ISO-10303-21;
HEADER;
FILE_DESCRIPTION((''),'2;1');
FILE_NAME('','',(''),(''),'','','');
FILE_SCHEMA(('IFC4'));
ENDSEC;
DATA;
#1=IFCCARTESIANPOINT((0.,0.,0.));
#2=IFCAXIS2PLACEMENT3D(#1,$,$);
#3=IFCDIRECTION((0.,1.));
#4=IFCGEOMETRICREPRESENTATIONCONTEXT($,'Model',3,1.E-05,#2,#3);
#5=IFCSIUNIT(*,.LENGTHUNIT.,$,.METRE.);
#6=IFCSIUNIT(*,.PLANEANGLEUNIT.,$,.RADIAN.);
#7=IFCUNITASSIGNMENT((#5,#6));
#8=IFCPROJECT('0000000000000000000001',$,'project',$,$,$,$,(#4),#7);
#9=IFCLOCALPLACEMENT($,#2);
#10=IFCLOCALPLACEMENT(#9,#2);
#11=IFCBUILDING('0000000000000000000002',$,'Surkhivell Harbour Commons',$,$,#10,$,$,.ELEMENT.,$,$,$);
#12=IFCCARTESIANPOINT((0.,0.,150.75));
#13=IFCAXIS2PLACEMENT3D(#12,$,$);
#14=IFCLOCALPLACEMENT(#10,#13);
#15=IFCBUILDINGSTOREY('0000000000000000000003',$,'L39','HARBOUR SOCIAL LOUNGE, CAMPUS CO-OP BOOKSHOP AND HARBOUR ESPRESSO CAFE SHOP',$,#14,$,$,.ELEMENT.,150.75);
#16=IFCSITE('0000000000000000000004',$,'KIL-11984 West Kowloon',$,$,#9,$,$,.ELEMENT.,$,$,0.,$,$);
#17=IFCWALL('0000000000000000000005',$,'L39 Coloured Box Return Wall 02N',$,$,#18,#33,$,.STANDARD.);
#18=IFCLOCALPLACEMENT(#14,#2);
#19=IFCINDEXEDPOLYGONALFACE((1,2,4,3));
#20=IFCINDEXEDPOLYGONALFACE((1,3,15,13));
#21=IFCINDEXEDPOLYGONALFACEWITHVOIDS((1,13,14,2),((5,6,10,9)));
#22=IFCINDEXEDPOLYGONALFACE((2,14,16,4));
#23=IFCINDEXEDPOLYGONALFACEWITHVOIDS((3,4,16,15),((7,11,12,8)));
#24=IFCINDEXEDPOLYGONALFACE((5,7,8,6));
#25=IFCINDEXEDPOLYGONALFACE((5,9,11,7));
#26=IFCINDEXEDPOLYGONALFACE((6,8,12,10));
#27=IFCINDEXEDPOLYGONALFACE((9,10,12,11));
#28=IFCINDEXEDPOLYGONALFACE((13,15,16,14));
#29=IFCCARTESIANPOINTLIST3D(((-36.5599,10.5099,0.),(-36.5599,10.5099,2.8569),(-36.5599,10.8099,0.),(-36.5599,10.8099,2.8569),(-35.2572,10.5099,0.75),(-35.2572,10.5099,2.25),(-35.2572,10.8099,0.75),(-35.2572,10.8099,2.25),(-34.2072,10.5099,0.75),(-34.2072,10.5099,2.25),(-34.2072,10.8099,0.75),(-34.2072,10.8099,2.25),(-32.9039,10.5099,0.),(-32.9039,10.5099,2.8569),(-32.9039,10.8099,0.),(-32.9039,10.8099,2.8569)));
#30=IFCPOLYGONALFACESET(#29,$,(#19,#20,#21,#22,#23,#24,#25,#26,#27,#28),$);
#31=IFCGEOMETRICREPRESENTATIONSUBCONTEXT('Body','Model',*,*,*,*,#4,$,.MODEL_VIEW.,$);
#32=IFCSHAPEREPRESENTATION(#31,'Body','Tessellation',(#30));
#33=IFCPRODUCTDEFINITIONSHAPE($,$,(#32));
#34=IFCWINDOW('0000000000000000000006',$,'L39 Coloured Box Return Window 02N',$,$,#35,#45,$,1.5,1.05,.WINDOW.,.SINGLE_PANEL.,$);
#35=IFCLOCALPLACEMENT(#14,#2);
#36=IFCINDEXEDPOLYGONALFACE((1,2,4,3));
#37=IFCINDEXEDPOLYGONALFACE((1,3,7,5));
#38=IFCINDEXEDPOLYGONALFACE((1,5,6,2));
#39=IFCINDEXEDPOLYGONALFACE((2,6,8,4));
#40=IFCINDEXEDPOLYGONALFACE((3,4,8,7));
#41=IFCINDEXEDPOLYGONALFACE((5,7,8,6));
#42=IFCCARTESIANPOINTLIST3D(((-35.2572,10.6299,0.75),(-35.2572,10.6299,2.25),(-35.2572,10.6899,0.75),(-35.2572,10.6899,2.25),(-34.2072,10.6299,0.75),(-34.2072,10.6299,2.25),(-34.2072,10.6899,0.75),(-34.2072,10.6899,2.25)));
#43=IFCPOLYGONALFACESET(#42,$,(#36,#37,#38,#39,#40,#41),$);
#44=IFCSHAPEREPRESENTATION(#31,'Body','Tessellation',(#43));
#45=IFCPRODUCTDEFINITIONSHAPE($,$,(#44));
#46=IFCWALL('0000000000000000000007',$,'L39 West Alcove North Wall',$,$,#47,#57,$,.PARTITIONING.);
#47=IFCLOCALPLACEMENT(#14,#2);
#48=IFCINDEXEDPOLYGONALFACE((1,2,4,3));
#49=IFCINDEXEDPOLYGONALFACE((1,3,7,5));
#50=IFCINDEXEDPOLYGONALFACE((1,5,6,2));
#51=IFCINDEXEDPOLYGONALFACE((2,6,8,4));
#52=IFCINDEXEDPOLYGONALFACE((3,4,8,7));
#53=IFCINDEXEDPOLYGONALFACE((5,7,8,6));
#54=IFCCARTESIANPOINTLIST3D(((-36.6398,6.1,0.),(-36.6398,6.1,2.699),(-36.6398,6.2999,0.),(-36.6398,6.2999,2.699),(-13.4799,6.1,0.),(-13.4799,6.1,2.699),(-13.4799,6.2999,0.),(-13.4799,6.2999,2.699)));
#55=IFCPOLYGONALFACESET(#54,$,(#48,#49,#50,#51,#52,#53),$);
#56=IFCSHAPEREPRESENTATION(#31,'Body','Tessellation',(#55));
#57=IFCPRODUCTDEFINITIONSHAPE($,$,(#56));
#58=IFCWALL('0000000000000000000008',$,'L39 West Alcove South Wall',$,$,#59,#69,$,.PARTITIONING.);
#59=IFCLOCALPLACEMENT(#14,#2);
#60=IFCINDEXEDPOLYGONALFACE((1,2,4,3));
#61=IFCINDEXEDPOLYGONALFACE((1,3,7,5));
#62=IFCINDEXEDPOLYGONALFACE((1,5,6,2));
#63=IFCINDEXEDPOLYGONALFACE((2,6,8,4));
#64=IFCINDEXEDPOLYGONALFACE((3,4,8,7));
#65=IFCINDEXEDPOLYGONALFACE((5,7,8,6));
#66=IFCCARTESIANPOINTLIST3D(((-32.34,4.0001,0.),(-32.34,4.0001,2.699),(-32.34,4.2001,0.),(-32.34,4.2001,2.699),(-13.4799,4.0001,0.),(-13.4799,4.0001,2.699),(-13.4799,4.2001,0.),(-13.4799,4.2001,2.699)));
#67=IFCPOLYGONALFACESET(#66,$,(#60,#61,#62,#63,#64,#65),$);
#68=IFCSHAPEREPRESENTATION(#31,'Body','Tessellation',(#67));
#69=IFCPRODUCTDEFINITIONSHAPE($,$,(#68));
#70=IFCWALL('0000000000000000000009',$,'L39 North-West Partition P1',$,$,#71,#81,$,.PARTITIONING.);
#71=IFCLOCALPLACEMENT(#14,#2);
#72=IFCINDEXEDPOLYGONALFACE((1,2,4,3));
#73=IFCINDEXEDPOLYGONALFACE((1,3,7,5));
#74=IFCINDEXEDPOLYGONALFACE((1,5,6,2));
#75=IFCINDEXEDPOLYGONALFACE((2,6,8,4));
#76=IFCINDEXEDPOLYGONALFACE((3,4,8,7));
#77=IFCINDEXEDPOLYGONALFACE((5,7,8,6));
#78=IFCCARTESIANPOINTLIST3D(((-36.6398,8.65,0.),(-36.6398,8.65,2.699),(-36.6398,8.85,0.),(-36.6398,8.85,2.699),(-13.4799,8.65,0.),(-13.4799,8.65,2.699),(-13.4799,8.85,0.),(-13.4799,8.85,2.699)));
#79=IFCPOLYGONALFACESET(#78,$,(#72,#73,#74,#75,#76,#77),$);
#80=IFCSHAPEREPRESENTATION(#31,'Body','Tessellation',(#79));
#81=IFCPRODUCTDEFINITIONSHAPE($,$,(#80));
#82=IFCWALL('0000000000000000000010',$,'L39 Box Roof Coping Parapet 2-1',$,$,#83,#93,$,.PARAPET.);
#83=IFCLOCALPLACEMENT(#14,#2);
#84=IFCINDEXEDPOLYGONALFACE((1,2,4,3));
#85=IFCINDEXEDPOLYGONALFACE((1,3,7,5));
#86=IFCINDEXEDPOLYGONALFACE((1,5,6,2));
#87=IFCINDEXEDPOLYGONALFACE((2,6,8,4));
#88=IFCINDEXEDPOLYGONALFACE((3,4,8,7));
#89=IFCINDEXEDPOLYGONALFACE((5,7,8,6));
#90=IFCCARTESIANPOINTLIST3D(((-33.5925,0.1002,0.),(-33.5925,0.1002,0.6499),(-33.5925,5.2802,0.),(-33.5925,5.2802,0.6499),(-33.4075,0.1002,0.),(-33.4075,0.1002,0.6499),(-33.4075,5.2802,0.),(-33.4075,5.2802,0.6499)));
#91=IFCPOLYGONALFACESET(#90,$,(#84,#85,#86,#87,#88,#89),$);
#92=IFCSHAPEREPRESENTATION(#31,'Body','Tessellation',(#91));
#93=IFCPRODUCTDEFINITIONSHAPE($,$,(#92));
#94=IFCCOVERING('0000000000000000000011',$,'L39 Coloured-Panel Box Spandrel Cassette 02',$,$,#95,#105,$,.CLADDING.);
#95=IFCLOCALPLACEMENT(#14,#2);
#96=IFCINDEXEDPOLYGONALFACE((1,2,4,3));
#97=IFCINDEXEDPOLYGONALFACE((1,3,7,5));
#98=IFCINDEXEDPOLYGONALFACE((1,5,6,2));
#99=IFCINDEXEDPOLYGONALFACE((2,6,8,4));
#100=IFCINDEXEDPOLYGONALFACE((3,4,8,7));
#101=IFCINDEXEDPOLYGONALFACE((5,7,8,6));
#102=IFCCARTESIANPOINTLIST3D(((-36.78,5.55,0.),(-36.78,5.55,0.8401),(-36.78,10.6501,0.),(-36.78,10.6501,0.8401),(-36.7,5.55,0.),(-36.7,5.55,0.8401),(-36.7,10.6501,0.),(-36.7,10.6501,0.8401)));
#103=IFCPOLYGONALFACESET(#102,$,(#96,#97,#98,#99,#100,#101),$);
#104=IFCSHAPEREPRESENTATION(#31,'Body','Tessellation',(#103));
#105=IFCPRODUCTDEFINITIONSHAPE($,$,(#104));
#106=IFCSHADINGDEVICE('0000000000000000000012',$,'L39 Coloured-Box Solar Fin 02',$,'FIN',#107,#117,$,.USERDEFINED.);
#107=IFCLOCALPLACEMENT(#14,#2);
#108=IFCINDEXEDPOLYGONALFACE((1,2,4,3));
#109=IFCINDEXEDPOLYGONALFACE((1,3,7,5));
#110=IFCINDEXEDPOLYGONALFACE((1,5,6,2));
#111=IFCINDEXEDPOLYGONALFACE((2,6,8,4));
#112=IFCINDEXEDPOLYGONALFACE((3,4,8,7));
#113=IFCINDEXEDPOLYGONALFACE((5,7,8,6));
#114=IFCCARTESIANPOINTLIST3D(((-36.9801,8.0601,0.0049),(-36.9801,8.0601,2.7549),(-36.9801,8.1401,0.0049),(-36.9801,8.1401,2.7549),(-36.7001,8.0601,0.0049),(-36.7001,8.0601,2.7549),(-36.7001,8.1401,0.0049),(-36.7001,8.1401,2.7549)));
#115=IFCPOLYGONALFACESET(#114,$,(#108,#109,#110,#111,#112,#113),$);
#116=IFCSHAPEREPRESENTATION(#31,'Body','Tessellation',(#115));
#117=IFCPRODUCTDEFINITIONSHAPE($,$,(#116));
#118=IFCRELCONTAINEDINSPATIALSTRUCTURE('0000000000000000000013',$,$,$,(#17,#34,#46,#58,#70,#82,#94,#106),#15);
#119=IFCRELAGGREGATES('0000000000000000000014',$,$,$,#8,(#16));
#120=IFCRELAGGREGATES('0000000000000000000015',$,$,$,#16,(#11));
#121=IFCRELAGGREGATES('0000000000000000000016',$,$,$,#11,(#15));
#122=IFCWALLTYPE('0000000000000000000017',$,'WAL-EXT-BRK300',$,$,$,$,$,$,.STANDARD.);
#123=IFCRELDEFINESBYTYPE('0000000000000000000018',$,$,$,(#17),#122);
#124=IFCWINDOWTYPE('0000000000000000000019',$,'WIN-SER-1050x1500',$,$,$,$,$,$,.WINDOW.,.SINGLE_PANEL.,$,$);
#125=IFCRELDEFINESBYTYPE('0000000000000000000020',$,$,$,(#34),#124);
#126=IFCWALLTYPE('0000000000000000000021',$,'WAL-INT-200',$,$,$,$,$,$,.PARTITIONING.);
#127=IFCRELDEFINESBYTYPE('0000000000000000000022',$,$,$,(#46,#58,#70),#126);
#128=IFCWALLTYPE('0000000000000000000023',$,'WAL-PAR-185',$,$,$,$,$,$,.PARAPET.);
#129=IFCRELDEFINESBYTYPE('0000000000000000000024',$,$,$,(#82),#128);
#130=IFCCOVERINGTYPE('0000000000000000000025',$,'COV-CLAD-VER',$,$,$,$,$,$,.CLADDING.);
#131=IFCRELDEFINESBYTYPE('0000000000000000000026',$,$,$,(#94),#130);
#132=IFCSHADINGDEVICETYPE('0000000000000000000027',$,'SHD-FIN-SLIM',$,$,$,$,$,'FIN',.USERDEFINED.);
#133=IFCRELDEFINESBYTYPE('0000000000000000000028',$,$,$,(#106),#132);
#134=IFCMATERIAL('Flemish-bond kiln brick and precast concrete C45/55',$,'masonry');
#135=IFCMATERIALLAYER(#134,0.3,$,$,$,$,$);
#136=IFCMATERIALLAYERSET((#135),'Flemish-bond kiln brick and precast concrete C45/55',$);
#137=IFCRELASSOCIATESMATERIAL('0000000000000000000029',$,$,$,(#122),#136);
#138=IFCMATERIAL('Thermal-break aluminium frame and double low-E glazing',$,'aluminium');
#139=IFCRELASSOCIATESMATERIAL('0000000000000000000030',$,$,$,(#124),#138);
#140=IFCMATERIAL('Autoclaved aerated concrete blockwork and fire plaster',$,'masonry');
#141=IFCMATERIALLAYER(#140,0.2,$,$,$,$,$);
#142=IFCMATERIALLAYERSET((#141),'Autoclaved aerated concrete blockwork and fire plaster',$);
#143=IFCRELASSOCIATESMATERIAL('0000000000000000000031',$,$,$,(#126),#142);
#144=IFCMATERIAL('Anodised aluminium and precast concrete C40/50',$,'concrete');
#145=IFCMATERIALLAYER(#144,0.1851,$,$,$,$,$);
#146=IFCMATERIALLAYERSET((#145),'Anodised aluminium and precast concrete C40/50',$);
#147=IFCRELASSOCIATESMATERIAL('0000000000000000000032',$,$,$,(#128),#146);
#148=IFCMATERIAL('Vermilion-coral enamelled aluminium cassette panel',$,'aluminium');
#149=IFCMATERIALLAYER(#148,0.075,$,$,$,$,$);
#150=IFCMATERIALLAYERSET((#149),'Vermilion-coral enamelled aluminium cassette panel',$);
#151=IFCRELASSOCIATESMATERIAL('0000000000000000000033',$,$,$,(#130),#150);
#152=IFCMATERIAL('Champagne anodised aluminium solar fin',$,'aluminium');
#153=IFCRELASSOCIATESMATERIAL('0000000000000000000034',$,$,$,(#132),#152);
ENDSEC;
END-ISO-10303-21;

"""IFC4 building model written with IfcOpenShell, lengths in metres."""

from ifc_helpers import new_model, si_unit, direction, frame, frame_2d, origin, origin_2d, place, context, subcontext, project, spatial, rectangle, extrude, material, layer, layer_set, type_object, element, fill, save


model = new_model("IFC4")

# Units and contexts
model_context = context("Model", 3, precision=1e-05, world=origin(), true_north=direction((0.0, 1.0)))
body_context = subcontext(model_context, "Body", "Model", "MODEL_VIEW")
ifc_project = project(units=[si_unit("LENGTHUNIT", "METRE"), si_unit("PLANEANGLEUNIT", "RADIAN")], contexts=[model_context])

# Site, building, storey
site_placement = place(None, origin())
site = spatial("IfcSite", under=ifc_project, at=site_placement, Name="KIL-11984 West Kowloon", CompositionType="ELEMENT", RefElevation=0.0)
building_placement = place(site_placement, origin())
building = spatial("IfcBuilding", under=site, at=building_placement, Name="Surkhivell Harbour Commons", CompositionType="ELEMENT")
storey_placement = place(building_placement, frame((0.0, 0.0, 150.75)))
storey = spatial("IfcBuildingStorey", under=building, at=storey_placement, Name="L39", Description="HARBOUR SOCIAL LOUNGE, CAMPUS CO-OP BOOKSHOP AND HARBOUR ESPRESSO CAFE SHOP", CompositionType="ELEMENT", Elevation=150.75)

# Wall, opening, window
ifc_material_1 = material(Name="Flemish-bond kiln brick and precast concrete C45/55", Category="masonry")
ifc_layer_1 = layer(ifc_material_1, 0.3)
ifc_layer_set_1 = layer_set([ifc_layer_1], Name="Flemish-bond kiln brick and precast concrete C45/55")
wall_type_1 = type_object("IfcWallType", Name="WAL-EXT-BRK300", PredefinedType="STANDARD", material=ifc_layer_set_1)
ifc_material_2 = material(Name="Thermal-break aluminium frame and double low-E glazing", Category="aluminium")
window_type_1 = type_object("IfcWindowType", Name="WIN-SER-1050x1500", PartitioningType="SINGLE_PANEL", PredefinedType="WINDOW", material=ifc_material_2)
wall_1_placement = place(storey_placement, frame((-36.5601, 10.6599, 0.0), z_axis=(0.0, 0.0, 1.0), x_axis=(1.0, 0.0, 0.0)))
wall_1 = element("IfcWall", 1, at=wall_1_placement, inside=storey, type_object=wall_type_1, Name="L39 Coloured Box Return Wall 02N", PredefinedType="STANDARD", context=body_context, shape_type="SweptSolid", body=[
    extrude(rectangle(XDim=3.656, YDim=0.3, at=frame_2d((1.8281, 0.0))), origin(), (0.0, 0.0, 1.0), 2.8569),
])
opening_1_placement = place(wall_1_placement, frame((1.303, 0.0, 0.75)))
opening_1 = element("IfcOpeningElement", 2, at=opening_1_placement, cuts=wall_1, PredefinedType="OPENING", context=body_context, shape_type="SweptSolid", body=[
    extrude(rectangle(XDim=1.05, YDim=1.5, at=frame_2d((0.5249, 0.75))), frame((0.0, 0.1599, 0.0), z_axis=(0.0, -1.0, 0.0), x_axis=(1.0, 0.0, 0.0)), (0.0, 0.0, 1.0), 0.3201),
])
window_1_placement = place(opening_1_placement, origin())
window_1 = element("IfcWindow", 3, at=window_1_placement, inside=storey, type_object=window_type_1, Name="L39 Coloured Box Return Window 02N", OverallHeight=1.5, OverallWidth=1.05, PartitioningType="SINGLE_PANEL", PredefinedType="WINDOW", context=body_context, shape_type="SweptSolid", body=[
    extrude(rectangle(XDim=1.05, YDim=1.5, at=frame_2d((0.5249, 0.75))), frame((0.0, 0.03, 0.0), z_axis=(0.0, -1.0, 0.0), x_axis=(1.0, 0.0, 0.0)), (0.0, 0.0, 1.0), 0.0601),
])
fill(opening_1, window_1)

# Walls
ifc_material_3 = material(Name="Autoclaved aerated concrete blockwork and fire plaster", Category="masonry")
ifc_layer_2 = layer(ifc_material_3, 0.2)
ifc_layer_set_2 = layer_set([ifc_layer_2], Name="Autoclaved aerated concrete blockwork and fire plaster")
wall_type_2 = type_object("IfcWallType", Name="WAL-INT-200", PredefinedType="PARTITIONING", material=ifc_layer_set_2)
wall_2_placement = place(storey_placement, frame((-36.6399, 6.2, 0.0), z_axis=(0.0, 0.0, 1.0), x_axis=(1.0, 0.0, 0.0)))
element("IfcWall", 4, at=wall_2_placement, inside=storey, type_object=wall_type_2, Name="L39 West Alcove North Wall", PredefinedType="PARTITIONING", context=body_context, shape_type="SweptSolid", body=[
    extrude(rectangle(XDim=23.1599, YDim=0.2, at=frame_2d((11.5801, 0.0))), origin(), (0.0, 0.0, 1.0), 2.699),
])
wall_3_placement = place(storey_placement, frame((-32.3401, 4.1001, 0.0), z_axis=(0.0, 0.0, 1.0), x_axis=(1.0, 0.0, 0.0)))
element("IfcWall", 5, at=wall_3_placement, inside=storey, type_object=wall_type_2, Name="L39 West Alcove South Wall", PredefinedType="PARTITIONING", context=body_context, shape_type="SweptSolid", body=[
    extrude(rectangle(XDim=18.8601, YDim=0.2, at=frame_2d((9.4302, 0.0))), origin(), (0.0, 0.0, 1.0), 2.699),
])
wall_4_placement = place(storey_placement, frame((-36.6399, 8.75, 0.0), z_axis=(0.0, 0.0, 1.0), x_axis=(1.0, 0.0, 0.0)))
element("IfcWall", 6, at=wall_4_placement, inside=storey, type_object=wall_type_2, Name="L39 North-West Partition P1", PredefinedType="PARTITIONING", context=body_context, shape_type="SweptSolid", body=[
    extrude(rectangle(XDim=23.1599, YDim=0.2, at=frame_2d((11.5801, 0.0))), origin(), (0.0, 0.0, 1.0), 2.699),
])
ifc_material_4 = material(Name="Anodised aluminium and precast concrete C40/50", Category="concrete")
ifc_layer_3 = layer(ifc_material_4, 0.1851)
ifc_layer_set_3 = layer_set([ifc_layer_3], Name="Anodised aluminium and precast concrete C40/50")
wall_type_3 = type_object("IfcWallType", Name="WAL-PAR-185", PredefinedType="PARAPET", material=ifc_layer_set_3)
wall_5_placement = place(storey_placement, frame((-33.5, 5.28, 0.0), z_axis=(0.0, 0.0, 1.0), x_axis=(0.0, -1.0, 0.0)))
element("IfcWall", 7, at=wall_5_placement, inside=storey, type_object=wall_type_3, Name="L39 Box Roof Coping Parapet 2-1", PredefinedType="PARAPET", context=body_context, shape_type="SweptSolid", body=[
    extrude(rectangle(XDim=5.1799, YDim=0.1851, at=frame_2d((2.5898, 0.0))), origin(), (0.0, 0.0, 1.0), 0.6499),
])

# Covering
ifc_material_5 = material(Name="Vermilion-coral enamelled aluminium cassette panel", Category="aluminium")
ifc_layer_4 = layer(ifc_material_5, 0.075)
ifc_layer_set_4 = layer_set([ifc_layer_4], Name="Vermilion-coral enamelled aluminium cassette panel")
covering_type = type_object("IfcCoveringType", Name="COV-CLAD-VER", PredefinedType="CLADDING", material=ifc_layer_set_4)
covering_placement = place(storey_placement, frame((-36.74, 8.1001, 0.0), z_axis=(0.0, 0.0, 1.0), x_axis=(1.0, 0.0, 0.0)))
element("IfcCovering", 8, at=covering_placement, inside=storey, type_object=covering_type, Name="L39 Coloured-Panel Box Spandrel Cassette 02", PredefinedType="CLADDING", context=body_context, shape_type="SweptSolid", body=[
    extrude(rectangle(XDim=0.0801, YDim=5.1001, at=origin_2d()), origin(), (0.0, 0.0, 1.0), 0.8401),
])

# Shading device
ifc_material_6 = material(Name="Champagne anodised aluminium solar fin", Category="aluminium")
shading_device_type = type_object("IfcShadingDeviceType", Name="SHD-FIN-SLIM", ElementType="FIN", PredefinedType="USERDEFINED", material=ifc_material_6)
shading_device_placement = place(storey_placement, frame((-36.8401, 8.1001, 0.0049), z_axis=(0.0, 0.0, 1.0), x_axis=(1.0, 0.0, 0.0)))
element("IfcShadingDevice", 9, at=shading_device_placement, inside=storey, type_object=shading_device_type, Name="L39 Coloured-Box Solar Fin 02", ObjectType="FIN", PredefinedType="USERDEFINED", context=body_context, shape_type="SweptSolid", body=[
    extrude(rectangle(XDim=0.28, YDim=0.0801, at=origin_2d()), origin(), (0.0, 0.0, 1.0), 2.75),
])

save(model, "model.ifc")
